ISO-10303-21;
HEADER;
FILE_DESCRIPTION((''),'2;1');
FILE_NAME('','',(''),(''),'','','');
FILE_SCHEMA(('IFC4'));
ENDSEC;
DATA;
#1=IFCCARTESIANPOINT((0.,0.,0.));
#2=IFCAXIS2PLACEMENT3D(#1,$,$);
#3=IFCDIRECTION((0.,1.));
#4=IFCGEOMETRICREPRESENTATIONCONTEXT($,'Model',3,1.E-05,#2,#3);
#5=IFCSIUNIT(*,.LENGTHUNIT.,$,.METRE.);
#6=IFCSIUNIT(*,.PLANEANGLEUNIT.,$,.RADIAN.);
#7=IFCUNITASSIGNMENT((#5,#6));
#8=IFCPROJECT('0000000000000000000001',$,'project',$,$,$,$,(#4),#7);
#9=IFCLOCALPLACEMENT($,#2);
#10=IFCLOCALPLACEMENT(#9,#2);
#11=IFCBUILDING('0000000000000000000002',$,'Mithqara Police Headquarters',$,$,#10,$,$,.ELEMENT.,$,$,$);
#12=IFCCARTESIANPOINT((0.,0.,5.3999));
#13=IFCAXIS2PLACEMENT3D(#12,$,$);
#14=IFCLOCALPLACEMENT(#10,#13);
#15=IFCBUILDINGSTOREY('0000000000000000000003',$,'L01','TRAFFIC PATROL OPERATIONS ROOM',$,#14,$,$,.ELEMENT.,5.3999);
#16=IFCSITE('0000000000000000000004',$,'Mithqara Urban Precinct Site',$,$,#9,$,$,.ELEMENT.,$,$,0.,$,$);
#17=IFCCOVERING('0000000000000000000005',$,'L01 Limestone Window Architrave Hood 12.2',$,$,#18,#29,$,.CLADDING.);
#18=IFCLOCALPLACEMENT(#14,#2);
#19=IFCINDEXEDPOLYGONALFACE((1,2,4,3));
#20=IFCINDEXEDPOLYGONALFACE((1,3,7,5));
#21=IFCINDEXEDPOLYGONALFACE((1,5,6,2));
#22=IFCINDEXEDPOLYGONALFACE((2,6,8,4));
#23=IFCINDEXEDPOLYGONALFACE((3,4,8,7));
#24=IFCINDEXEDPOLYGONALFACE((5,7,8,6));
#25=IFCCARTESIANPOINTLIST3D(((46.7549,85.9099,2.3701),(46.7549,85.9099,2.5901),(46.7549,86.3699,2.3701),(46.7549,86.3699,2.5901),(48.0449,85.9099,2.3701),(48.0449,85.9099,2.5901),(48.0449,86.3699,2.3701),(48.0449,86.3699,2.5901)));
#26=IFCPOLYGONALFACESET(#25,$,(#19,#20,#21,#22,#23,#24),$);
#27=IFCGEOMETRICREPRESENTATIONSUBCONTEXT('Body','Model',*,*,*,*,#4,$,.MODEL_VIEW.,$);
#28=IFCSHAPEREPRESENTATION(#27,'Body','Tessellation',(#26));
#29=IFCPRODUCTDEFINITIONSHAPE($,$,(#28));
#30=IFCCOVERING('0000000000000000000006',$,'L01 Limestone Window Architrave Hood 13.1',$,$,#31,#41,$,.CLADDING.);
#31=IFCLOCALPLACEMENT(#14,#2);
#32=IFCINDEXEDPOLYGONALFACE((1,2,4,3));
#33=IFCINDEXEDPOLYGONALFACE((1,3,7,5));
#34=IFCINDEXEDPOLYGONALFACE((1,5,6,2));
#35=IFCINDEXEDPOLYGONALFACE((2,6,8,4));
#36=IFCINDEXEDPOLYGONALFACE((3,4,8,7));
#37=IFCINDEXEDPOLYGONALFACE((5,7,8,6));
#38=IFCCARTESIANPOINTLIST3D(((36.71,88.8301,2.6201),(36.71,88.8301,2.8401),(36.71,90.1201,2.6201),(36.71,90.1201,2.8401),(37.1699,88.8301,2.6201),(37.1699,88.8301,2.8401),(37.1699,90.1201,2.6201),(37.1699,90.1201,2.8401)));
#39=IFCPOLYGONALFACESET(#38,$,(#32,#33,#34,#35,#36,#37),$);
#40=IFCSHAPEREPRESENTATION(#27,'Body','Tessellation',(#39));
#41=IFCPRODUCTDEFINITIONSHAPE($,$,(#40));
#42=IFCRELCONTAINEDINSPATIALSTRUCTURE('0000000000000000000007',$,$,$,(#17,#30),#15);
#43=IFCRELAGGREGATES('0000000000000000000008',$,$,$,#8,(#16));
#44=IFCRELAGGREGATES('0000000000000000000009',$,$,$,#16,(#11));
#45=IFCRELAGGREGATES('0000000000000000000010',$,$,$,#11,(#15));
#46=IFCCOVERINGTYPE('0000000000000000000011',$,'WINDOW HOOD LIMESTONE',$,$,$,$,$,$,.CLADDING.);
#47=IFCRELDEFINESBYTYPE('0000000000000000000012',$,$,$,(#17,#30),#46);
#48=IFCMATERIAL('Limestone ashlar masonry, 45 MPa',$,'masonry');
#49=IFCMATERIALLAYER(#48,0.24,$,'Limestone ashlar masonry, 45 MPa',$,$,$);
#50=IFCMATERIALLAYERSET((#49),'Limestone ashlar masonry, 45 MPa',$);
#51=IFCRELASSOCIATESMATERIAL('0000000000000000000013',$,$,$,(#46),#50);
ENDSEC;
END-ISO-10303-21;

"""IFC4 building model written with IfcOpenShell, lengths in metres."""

from ifc_helpers import new_model, si_unit, direction, frame, origin, origin_2d, place, context, subcontext, project, spatial, rectangle, extrude, material, layer, layer_set, type_object, element, save


model = new_model("IFC4")

# Units and contexts
model_context = context("Model", 3, precision=1e-05, world=origin(), true_north=direction((0.0, 1.0)))
body_context = subcontext(model_context, "Body", "Model", "MODEL_VIEW")
ifc_project = project(units=[si_unit("LENGTHUNIT", "METRE"), si_unit("PLANEANGLEUNIT", "RADIAN")], contexts=[model_context])

# Site, building, storey
site_placement = place(None, origin())
site = spatial("IfcSite", under=ifc_project, at=site_placement, Name="Mithqara Urban Precinct Site", CompositionType="ELEMENT", RefElevation=0.0)
building_placement = place(site_placement, origin())
building = spatial("IfcBuilding", under=site, at=building_placement, Name="Mithqara Police Headquarters", CompositionType="ELEMENT")
storey_placement = place(building_placement, frame((0.0, 0.0, 5.3999)))
storey = spatial("IfcBuildingStorey", under=building, at=storey_placement, Name="L01", Description="TRAFFIC PATROL OPERATIONS ROOM", CompositionType="ELEMENT", Elevation=5.3999)

# Coverings
ifc_material_1 = material(Name="Limestone ashlar masonry, 45 MPa", Category="masonry")
ifc_layer_1 = layer(ifc_material_1, 0.24, Name="Limestone ashlar masonry, 45 MPa")
ifc_layer_set_1 = layer_set([ifc_layer_1], Name="Limestone ashlar masonry, 45 MPa")
covering_type = type_object("IfcCoveringType", Name="WINDOW HOOD LIMESTONE", PredefinedType="CLADDING", material=ifc_layer_set_1)
for number, where, z_axis, x_axis, name in (
    (1, (47.3999, 86.1399, 2.3701), (0.0, 0.0, 1.0), (1.0, 0.0, 0.0), "L01 Limestone Window Architrave Hood 12.2"),
    (2, (36.9399, 89.4751, 2.6201), (0.0, 0.0, 1.0), (0.0, 1.0, 0.0), "L01 Limestone Window Architrave Hood 13.1"),
):
    element("IfcCovering", number, at=place(storey_placement, frame(where, z_axis=z_axis, x_axis=x_axis)), inside=storey, type_object=covering_type, Name=name, PredefinedType="CLADDING", context=body_context, shape_type="SweptSolid", body=[
        extrude(rectangle(XDim=1.29, YDim=0.46, at=origin_2d()), origin(), (0.0, 0.0, 1.0), 0.22),
    ])

save(model, "model.ifc")
